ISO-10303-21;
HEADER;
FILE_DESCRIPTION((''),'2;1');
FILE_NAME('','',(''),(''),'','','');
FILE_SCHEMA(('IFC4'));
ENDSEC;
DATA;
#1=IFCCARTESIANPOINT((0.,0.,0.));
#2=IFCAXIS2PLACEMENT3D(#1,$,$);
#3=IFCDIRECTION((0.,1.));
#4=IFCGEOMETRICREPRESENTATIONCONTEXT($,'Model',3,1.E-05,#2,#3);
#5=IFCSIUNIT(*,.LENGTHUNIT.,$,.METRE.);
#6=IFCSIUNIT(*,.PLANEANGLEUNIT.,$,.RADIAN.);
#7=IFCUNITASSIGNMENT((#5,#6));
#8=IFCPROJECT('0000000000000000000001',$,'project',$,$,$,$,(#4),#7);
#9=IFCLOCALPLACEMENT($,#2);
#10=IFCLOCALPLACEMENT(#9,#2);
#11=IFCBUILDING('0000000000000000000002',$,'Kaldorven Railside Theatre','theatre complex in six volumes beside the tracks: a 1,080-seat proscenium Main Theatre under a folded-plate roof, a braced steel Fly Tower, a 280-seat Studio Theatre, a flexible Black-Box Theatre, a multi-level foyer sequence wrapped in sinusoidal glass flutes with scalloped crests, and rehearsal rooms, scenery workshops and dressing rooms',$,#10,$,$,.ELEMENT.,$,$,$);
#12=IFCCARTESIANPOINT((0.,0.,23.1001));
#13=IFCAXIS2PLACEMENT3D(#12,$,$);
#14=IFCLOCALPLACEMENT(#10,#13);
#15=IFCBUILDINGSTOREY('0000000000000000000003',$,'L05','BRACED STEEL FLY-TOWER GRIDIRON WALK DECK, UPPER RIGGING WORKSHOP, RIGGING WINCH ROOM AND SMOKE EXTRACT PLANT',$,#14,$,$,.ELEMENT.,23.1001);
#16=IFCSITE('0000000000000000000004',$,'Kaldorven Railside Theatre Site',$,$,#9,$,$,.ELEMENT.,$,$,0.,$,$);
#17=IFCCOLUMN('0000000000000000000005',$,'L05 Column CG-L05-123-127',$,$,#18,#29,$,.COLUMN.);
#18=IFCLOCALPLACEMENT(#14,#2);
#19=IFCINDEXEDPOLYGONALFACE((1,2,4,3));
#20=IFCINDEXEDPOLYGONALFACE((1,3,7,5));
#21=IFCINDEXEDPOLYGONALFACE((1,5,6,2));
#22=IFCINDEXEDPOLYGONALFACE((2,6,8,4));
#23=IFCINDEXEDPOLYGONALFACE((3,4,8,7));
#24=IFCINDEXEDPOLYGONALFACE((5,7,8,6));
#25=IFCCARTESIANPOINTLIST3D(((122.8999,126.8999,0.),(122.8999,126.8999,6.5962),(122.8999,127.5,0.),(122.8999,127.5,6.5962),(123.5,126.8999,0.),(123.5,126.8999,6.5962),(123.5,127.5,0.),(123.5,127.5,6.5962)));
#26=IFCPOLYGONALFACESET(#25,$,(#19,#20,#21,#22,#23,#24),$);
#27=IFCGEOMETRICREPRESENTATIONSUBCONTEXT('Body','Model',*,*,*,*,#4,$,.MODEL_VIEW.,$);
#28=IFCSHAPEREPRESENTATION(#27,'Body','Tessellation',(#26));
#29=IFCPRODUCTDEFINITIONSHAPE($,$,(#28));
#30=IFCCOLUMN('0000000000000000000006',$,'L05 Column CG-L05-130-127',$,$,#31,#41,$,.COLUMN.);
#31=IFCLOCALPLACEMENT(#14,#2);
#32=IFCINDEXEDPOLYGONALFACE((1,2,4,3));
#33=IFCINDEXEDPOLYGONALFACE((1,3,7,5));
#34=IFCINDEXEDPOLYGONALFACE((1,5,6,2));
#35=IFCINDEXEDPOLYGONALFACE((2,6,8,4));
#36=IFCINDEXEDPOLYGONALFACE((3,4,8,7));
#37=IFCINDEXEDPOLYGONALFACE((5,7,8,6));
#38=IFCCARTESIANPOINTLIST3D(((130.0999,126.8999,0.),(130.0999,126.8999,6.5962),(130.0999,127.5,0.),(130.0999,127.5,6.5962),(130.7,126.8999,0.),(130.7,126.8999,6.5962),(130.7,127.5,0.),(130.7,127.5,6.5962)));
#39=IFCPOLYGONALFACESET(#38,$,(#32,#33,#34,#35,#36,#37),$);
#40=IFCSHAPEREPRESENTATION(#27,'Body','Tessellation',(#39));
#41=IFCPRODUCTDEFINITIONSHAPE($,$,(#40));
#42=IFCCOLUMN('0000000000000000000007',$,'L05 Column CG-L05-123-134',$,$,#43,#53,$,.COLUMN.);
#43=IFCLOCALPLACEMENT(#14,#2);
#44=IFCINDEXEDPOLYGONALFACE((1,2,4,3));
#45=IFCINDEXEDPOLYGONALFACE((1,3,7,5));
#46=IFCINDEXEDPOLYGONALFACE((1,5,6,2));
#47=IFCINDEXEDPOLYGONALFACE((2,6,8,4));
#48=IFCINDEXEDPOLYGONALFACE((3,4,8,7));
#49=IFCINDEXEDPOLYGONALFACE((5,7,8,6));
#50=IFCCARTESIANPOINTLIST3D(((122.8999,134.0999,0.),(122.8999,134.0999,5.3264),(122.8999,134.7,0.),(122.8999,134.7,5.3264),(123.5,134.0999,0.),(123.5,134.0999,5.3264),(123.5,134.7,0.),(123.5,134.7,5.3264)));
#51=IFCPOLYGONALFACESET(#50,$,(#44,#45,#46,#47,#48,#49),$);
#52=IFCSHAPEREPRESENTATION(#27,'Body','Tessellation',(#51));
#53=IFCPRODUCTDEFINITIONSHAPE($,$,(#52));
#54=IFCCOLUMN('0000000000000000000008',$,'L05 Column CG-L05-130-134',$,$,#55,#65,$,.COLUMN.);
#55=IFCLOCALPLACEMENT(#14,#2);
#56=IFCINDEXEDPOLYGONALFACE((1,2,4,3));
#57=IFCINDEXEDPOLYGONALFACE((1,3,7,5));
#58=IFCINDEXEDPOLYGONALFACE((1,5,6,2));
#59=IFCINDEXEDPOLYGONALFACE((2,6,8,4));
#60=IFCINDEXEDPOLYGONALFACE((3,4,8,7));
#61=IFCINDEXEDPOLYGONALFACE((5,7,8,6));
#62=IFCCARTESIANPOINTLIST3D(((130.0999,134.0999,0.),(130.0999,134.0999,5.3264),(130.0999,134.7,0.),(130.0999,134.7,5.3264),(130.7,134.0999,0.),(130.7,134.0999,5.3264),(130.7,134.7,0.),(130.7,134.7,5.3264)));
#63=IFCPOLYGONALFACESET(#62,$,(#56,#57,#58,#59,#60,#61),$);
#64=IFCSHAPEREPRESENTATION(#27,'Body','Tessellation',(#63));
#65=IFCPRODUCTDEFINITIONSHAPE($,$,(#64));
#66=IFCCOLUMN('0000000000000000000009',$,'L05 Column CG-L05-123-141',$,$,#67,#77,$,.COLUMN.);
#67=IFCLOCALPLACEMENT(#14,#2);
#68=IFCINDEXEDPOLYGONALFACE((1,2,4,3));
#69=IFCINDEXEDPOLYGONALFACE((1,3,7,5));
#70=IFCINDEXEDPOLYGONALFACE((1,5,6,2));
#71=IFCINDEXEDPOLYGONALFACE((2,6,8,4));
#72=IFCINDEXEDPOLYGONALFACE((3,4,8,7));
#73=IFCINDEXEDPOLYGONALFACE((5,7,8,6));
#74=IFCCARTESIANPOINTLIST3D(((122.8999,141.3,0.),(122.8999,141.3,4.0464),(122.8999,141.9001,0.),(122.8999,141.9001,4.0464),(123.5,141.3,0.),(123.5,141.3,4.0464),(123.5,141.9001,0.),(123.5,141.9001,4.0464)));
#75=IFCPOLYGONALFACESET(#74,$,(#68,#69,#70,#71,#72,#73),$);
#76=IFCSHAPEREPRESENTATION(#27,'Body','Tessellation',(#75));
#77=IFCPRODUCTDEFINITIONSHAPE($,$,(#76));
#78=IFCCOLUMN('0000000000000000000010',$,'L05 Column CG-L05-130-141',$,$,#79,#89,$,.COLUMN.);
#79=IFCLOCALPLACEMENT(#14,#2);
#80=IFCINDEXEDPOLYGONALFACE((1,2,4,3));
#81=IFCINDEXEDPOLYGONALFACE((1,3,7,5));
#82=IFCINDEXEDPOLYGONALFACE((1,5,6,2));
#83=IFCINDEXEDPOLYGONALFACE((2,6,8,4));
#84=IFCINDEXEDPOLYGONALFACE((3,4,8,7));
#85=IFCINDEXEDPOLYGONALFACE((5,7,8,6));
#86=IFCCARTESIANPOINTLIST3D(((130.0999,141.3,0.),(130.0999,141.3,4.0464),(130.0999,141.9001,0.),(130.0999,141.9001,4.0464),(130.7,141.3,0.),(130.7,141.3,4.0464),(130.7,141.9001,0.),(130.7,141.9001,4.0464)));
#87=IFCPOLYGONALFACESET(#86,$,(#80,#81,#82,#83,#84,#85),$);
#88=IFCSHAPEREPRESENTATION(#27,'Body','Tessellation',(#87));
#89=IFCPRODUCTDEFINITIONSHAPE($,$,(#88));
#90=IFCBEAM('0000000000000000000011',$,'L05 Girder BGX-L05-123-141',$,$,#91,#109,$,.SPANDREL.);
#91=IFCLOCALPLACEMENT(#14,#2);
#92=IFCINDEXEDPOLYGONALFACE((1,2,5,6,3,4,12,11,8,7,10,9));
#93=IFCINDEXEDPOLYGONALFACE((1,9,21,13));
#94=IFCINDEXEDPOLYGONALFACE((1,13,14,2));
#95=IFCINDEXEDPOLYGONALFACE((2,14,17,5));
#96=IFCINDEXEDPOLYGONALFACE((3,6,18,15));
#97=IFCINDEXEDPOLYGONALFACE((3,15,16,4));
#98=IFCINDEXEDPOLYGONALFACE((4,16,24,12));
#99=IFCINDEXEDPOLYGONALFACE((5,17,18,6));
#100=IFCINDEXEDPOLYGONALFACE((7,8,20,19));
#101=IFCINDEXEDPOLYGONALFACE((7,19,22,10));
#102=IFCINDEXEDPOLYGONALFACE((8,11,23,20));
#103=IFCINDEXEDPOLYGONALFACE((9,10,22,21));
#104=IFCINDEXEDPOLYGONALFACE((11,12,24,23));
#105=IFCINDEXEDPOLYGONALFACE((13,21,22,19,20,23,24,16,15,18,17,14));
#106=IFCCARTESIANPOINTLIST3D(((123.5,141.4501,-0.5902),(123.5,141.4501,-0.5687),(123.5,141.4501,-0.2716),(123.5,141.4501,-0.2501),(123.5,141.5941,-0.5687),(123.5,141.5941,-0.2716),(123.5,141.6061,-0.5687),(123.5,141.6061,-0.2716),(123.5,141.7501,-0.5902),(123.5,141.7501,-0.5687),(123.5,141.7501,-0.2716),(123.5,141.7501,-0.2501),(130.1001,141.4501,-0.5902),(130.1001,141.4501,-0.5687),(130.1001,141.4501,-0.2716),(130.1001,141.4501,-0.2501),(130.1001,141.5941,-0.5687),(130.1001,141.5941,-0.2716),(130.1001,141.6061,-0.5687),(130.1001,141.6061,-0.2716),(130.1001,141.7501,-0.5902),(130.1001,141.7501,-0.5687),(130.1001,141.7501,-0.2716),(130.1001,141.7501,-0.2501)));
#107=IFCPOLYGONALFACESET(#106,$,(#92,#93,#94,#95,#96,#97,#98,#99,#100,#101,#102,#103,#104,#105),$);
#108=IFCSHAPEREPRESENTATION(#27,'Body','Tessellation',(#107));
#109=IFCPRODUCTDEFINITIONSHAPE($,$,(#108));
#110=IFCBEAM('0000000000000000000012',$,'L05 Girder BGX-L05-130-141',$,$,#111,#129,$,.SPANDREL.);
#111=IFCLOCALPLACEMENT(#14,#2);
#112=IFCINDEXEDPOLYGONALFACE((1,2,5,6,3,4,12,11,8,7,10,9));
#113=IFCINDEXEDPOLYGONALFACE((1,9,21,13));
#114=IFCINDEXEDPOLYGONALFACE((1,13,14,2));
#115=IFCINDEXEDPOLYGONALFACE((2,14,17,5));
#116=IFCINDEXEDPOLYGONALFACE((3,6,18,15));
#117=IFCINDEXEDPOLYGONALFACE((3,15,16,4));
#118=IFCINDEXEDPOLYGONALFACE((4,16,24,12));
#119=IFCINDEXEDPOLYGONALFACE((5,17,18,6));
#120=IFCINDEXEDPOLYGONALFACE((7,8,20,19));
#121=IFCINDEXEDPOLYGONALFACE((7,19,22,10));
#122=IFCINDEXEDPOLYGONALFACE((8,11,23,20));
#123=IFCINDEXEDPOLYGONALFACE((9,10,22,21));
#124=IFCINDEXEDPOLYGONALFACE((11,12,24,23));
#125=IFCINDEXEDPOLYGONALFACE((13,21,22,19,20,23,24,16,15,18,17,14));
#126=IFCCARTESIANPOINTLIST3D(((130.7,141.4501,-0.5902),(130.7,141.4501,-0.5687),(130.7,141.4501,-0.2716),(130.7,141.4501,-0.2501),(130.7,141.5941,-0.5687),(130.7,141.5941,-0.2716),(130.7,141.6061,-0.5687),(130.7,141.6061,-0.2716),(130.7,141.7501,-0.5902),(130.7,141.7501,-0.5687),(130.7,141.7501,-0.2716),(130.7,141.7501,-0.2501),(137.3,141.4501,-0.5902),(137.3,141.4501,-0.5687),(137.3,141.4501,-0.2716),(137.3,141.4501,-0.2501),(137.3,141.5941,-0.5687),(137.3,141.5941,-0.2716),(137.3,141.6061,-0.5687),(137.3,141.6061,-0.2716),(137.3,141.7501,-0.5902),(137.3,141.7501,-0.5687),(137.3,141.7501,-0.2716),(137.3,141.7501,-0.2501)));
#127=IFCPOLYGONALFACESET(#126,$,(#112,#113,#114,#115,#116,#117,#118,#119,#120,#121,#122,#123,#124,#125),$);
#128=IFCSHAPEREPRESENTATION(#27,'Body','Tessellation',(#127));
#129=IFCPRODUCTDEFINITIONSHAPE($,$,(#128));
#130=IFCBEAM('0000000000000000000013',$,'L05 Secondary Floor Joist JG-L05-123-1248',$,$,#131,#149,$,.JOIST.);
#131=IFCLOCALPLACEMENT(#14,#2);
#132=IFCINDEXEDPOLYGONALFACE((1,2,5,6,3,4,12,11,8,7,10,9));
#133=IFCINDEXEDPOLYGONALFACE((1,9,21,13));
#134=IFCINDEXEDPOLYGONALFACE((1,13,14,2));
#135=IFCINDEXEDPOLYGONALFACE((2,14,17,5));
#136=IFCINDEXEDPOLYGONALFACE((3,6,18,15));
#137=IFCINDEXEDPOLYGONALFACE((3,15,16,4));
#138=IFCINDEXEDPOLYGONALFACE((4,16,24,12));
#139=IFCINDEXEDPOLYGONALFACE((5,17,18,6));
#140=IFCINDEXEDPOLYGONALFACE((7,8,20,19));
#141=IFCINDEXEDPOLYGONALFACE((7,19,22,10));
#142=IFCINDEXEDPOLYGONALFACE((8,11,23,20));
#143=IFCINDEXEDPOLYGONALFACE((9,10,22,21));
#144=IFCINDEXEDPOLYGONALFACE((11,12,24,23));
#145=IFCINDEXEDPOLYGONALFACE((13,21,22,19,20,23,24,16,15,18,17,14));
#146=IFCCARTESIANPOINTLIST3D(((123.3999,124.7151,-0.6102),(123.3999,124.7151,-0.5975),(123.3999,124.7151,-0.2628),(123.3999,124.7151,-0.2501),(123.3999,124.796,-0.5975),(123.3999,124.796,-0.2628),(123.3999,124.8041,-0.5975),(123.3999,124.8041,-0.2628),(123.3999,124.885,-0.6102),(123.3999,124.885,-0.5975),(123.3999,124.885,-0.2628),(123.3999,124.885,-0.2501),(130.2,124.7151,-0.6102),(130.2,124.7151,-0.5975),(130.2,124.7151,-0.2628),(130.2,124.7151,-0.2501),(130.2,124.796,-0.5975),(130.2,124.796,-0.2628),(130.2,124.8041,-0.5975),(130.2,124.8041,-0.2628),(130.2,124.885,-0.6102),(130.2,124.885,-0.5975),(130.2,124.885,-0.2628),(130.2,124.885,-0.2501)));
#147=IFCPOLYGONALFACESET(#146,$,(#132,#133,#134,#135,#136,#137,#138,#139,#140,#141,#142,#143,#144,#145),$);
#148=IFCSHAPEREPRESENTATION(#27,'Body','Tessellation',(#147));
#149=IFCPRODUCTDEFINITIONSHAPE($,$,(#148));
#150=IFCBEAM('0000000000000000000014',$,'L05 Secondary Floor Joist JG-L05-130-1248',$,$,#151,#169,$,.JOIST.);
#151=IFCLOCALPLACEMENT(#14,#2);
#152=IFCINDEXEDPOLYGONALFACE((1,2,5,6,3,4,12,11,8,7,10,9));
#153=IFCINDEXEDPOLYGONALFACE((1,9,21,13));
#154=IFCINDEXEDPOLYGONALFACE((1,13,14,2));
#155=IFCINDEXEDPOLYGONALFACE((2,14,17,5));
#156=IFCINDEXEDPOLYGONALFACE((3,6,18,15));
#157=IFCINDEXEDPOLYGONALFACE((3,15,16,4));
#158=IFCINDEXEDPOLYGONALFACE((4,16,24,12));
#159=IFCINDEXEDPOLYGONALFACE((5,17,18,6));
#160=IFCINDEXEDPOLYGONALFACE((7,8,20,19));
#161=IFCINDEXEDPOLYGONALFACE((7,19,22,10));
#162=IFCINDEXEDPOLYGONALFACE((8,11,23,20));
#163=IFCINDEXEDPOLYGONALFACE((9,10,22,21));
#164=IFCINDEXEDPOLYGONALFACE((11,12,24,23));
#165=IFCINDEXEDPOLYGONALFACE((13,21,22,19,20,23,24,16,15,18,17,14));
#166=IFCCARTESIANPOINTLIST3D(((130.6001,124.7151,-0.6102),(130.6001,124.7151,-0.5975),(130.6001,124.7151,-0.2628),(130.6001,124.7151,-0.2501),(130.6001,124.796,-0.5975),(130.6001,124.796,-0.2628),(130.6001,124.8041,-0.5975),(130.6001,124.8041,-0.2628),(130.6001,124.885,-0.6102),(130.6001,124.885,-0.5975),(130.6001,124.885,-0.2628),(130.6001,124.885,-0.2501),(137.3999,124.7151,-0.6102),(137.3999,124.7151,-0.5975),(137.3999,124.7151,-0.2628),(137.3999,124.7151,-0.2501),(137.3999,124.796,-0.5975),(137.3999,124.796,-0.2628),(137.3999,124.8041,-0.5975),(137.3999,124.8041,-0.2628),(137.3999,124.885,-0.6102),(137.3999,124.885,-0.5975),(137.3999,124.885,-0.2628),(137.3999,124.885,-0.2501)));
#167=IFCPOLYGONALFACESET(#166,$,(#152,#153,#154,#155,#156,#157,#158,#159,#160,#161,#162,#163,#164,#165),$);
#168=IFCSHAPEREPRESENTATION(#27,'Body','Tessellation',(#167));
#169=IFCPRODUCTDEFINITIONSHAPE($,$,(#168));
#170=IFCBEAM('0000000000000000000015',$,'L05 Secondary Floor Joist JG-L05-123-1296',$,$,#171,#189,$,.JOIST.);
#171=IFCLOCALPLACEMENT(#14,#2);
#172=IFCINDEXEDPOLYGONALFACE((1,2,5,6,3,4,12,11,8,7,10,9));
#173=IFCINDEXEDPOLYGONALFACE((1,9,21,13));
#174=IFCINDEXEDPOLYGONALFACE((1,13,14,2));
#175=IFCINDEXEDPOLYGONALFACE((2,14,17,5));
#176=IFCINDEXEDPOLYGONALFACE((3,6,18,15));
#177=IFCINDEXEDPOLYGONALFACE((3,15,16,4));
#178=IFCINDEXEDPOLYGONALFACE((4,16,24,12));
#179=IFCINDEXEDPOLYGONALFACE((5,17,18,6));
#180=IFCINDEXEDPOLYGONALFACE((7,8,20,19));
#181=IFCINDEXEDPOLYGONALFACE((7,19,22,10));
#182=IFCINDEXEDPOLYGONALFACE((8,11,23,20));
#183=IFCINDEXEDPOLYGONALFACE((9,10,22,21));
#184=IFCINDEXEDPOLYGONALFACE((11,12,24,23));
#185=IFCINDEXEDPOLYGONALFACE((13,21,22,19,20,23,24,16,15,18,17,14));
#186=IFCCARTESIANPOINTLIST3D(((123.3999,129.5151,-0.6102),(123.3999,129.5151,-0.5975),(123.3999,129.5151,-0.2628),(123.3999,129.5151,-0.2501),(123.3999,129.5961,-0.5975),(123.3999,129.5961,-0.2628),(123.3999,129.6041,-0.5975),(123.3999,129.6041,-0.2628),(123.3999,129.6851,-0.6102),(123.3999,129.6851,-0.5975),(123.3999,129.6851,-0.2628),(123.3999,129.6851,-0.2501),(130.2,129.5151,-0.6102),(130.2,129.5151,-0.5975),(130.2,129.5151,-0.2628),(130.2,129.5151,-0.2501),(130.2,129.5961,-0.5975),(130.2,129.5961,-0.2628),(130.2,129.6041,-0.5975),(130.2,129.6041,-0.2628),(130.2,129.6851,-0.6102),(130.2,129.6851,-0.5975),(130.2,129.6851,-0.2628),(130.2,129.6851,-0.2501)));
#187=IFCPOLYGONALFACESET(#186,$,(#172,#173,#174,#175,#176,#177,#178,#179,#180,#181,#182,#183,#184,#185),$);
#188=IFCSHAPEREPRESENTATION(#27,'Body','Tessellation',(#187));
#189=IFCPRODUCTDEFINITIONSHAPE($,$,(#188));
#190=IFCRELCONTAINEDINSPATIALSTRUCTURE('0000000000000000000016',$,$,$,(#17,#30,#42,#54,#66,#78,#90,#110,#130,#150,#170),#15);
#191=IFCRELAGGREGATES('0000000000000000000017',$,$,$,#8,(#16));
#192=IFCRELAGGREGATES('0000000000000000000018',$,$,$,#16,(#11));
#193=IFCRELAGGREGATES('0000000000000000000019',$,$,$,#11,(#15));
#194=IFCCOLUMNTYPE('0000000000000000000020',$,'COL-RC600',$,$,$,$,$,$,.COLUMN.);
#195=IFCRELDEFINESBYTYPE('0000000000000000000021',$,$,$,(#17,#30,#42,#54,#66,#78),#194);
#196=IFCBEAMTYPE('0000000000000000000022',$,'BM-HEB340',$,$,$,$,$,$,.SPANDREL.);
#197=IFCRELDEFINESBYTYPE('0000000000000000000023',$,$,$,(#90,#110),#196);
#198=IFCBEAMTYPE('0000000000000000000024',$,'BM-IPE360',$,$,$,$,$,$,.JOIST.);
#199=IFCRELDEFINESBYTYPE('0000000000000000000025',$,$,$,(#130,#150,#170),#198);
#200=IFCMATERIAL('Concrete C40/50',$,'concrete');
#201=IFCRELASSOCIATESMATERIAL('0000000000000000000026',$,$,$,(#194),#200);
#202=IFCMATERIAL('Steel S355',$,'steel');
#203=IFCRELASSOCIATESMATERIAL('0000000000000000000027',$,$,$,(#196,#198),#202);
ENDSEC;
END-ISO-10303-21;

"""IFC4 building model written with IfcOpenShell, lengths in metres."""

from ifc_helpers import new_model, si_unit, direction, frame, origin, origin_2d, place, context, subcontext, project, spatial, rectangle, i_section, extrude, material, material_profile, profile_set, type_object, element, save


model = new_model("IFC4")

# Units and contexts
model_context = context("Model", 3, precision=1e-05, world=origin(), true_north=direction((0.0, 1.0)))
body_context = subcontext(model_context, "Body", "Model", "MODEL_VIEW")
ifc_project = project(units=[si_unit("LENGTHUNIT", "METRE"), si_unit("PLANEANGLEUNIT", "RADIAN")], contexts=[model_context])

# Site, building, storey
site_placement = place(None, origin())
site = spatial("IfcSite", under=ifc_project, at=site_placement, Name="Kaldorven Railside Theatre Site", CompositionType="ELEMENT", RefElevation=0.0)
building_placement = place(site_placement, origin())
building = spatial("IfcBuilding", under=site, at=building_placement, Name="Kaldorven Railside Theatre", Description="theatre complex in six volumes beside the tracks: a 1,080-seat proscenium Main Theatre under a folded-plate roof, a braced steel Fly Tower, a 280-seat Studio Theatre, a flexible Black-Box Theatre, a multi-level foyer sequence wrapped in sinusoidal glass flutes with scalloped crests, and rehearsal rooms, scenery workshops and dressing rooms", CompositionType="ELEMENT")
storey_placement = place(building_placement, frame((0.0, 0.0, 23.1001)))
storey = spatial("IfcBuildingStorey", under=building, at=storey_placement, Name="L05", Description="BRACED STEEL FLY-TOWER GRIDIRON WALK DECK, UPPER RIGGING WORKSHOP, RIGGING WINCH ROOM AND SMOKE EXTRACT PLANT", CompositionType="ELEMENT", Elevation=23.1001)

# Columns
ifc_material_1 = material(Name="Concrete C40/50", Category="concrete")
ifc_material_profile_1 = material_profile(ifc_material_1, rectangle(XDim=0.6001, YDim=0.6001, at=origin_2d()), Name="RC 600x600")
ifc_profile_set_1 = profile_set([ifc_material_profile_1], Name="Concrete C40/50")
column_type = type_object("IfcColumnType", Name="COL-RC600", PredefinedType="COLUMN", material=ifc_profile_set_1)
for number, where, z_axis, x_axis, name in (
    (1, (123.2, 127.2, 0.0), (0.0, 0.0, 1.0), (1.0, 0.0, 0.0), "L05 Column CG-L05-123-127"),
    (2, (130.3999, 127.2, 0.0), (0.0, 0.0, 1.0), (0.0, 1.0, 0.0), "L05 Column CG-L05-130-127"),
):
    element("IfcColumn", number, at=place(storey_placement, frame(where, z_axis=z_axis, x_axis=x_axis)), inside=storey, type_object=column_type, Name=name, PredefinedType="COLUMN", context=body_context, shape_type="SweptSolid", body=[
        extrude(rectangle(XDim=0.6001, YDim=0.6001, at=origin_2d()), origin(), (0.0, 0.0, 1.0), 6.5962),
    ])
for number, where, z_axis, x_axis, name in (
    (3, (123.2, 134.3999, 0.0), (0.0, 0.0, 1.0), (0.0, 1.0, 0.0), "L05 Column CG-L05-123-134"),
    (4, (130.3999, 134.3999, 0.0), (0.0, 0.0, 1.0), (1.0, 0.0, 0.0), "L05 Column CG-L05-130-134"),
):
    element("IfcColumn", number, at=place(storey_placement, frame(where, z_axis=z_axis, x_axis=x_axis)), inside=storey, type_object=column_type, Name=name, PredefinedType="COLUMN", context=body_context, shape_type="SweptSolid", body=[
        extrude(rectangle(XDim=0.6001, YDim=0.6001, at=origin_2d()), origin(), (0.0, 0.0, 1.0), 5.3264),
    ])
for number, where, z_axis, x_axis, name in (
    (5, (123.2, 141.6001, 0.0), (0.0, 0.0, 1.0), (1.0, 0.0, 0.0), "L05 Column CG-L05-123-141"),
    (6, (130.3999, 141.6001, 0.0), (0.0, 0.0, 1.0), (1.0, 0.0, 0.0), "L05 Column CG-L05-130-141"),
):
    element("IfcColumn", number, at=place(storey_placement, frame(where, z_axis=z_axis, x_axis=x_axis)), inside=storey, type_object=column_type, Name=name, PredefinedType="COLUMN", context=body_context, shape_type="SweptSolid", body=[
        extrude(rectangle(XDim=0.6001, YDim=0.6001, at=origin_2d()), origin(), (0.0, 0.0, 1.0), 4.0464),
    ])

# Beams
ifc_material_2 = material(Name="Steel S355", Category="steel")
ifc_material_profile_2 = material_profile(ifc_material_2, i_section(OverallWidth=0.3, OverallDepth=0.3401, WebThickness=0.012, FlangeThickness=0.0215, at=origin_2d()), Name="HEB 340")
ifc_profile_set_2 = profile_set([ifc_material_profile_2], Name="Steel S355")
beam_type_1 = type_object("IfcBeamType", Name="BM-HEB340", PredefinedType="SPANDREL", material=ifc_profile_set_2)
for number, where, z_axis, x_axis, name in (
    (7, (123.5, 141.6001, -0.4202), (1.0, 0.0, 0.0), (0.0, 1.0, 0.0), "L05 Girder BGX-L05-123-141"),
    (8, (130.7, 141.6001, -0.4202), (1.0, 0.0, 0.0), (0.0, 1.0, 0.0), "L05 Girder BGX-L05-130-141"),
):
    element("IfcBeam", number, at=place(storey_placement, frame(where, z_axis=z_axis, x_axis=x_axis)), inside=storey, type_object=beam_type_1, Name=name, PredefinedType="SPANDREL", context=body_context, shape_type="SweptSolid", body=[
        extrude(i_section(OverallWidth=0.3, OverallDepth=0.3401, WebThickness=0.012, FlangeThickness=0.0215, at=origin_2d()), origin(), (0.0, 0.0, 1.0), 6.6001),
    ])
ifc_material_profile_3 = material_profile(ifc_material_2, i_section(OverallWidth=0.1699, OverallDepth=0.3601, WebThickness=0.0081, FlangeThickness=0.0127, at=origin_2d()), Name="IPE 360")
ifc_profile_set_3 = profile_set([ifc_material_profile_3], Name="Steel S355")
beam_type_2 = type_object("IfcBeamType", Name="BM-IPE360", PredefinedType="JOIST", material=ifc_profile_set_3)
beam_1_placement = place(storey_placement, frame((123.3999, 124.8, -0.4302), z_axis=(1.0, 0.0, 0.0), x_axis=(0.0, 1.0, 0.0)))
element("IfcBeam", 9, at=beam_1_placement, inside=storey, type_object=beam_type_2, Name="L05 Secondary Floor Joist JG-L05-123-1248", PredefinedType="JOIST", context=body_context, shape_type="SweptSolid", body=[
    extrude(i_section(OverallWidth=0.1699, OverallDepth=0.3601, WebThickness=0.0081, FlangeThickness=0.0127, at=origin_2d()), origin(), (0.0, 0.0, 1.0), 6.8),
])
beam_2_placement = place(storey_placement, frame((130.6001, 124.8, -0.4302), z_axis=(1.0, 0.0, 0.0), x_axis=(0.0, 1.0, 0.0)))
element("IfcBeam", 10, at=beam_2_placement, inside=storey, type_object=beam_type_2, Name="L05 Secondary Floor Joist JG-L05-130-1248", PredefinedType="JOIST", context=body_context, shape_type="SweptSolid", body=[
    extrude(i_section(OverallWidth=0.1699, OverallDepth=0.3601, WebThickness=0.0081, FlangeThickness=0.0127, at=origin_2d()), origin(), (0.0, 0.0, 1.0), 6.7998),
])
for number, where, z_axis, x_axis, name in (
    (11, (123.3999, 129.6001, -0.4302), (1.0, 0.0, 0.0), (0.0, 1.0, 0.0), "L05 Secondary Floor Joist JG-L05-123-1296"),
):
    element("IfcBeam", number, at=place(storey_placement, frame(where, z_axis=z_axis, x_axis=x_axis)), inside=storey, type_object=beam_type_2, Name=name, PredefinedType="JOIST", context=body_context, shape_type="SweptSolid", body=[
        extrude(i_section(OverallWidth=0.1699, OverallDepth=0.3601, WebThickness=0.0081, FlangeThickness=0.0127, at=origin_2d()), origin(), (0.0, 0.0, 1.0), 6.8),
    ])

save(model, "model.ifc")
